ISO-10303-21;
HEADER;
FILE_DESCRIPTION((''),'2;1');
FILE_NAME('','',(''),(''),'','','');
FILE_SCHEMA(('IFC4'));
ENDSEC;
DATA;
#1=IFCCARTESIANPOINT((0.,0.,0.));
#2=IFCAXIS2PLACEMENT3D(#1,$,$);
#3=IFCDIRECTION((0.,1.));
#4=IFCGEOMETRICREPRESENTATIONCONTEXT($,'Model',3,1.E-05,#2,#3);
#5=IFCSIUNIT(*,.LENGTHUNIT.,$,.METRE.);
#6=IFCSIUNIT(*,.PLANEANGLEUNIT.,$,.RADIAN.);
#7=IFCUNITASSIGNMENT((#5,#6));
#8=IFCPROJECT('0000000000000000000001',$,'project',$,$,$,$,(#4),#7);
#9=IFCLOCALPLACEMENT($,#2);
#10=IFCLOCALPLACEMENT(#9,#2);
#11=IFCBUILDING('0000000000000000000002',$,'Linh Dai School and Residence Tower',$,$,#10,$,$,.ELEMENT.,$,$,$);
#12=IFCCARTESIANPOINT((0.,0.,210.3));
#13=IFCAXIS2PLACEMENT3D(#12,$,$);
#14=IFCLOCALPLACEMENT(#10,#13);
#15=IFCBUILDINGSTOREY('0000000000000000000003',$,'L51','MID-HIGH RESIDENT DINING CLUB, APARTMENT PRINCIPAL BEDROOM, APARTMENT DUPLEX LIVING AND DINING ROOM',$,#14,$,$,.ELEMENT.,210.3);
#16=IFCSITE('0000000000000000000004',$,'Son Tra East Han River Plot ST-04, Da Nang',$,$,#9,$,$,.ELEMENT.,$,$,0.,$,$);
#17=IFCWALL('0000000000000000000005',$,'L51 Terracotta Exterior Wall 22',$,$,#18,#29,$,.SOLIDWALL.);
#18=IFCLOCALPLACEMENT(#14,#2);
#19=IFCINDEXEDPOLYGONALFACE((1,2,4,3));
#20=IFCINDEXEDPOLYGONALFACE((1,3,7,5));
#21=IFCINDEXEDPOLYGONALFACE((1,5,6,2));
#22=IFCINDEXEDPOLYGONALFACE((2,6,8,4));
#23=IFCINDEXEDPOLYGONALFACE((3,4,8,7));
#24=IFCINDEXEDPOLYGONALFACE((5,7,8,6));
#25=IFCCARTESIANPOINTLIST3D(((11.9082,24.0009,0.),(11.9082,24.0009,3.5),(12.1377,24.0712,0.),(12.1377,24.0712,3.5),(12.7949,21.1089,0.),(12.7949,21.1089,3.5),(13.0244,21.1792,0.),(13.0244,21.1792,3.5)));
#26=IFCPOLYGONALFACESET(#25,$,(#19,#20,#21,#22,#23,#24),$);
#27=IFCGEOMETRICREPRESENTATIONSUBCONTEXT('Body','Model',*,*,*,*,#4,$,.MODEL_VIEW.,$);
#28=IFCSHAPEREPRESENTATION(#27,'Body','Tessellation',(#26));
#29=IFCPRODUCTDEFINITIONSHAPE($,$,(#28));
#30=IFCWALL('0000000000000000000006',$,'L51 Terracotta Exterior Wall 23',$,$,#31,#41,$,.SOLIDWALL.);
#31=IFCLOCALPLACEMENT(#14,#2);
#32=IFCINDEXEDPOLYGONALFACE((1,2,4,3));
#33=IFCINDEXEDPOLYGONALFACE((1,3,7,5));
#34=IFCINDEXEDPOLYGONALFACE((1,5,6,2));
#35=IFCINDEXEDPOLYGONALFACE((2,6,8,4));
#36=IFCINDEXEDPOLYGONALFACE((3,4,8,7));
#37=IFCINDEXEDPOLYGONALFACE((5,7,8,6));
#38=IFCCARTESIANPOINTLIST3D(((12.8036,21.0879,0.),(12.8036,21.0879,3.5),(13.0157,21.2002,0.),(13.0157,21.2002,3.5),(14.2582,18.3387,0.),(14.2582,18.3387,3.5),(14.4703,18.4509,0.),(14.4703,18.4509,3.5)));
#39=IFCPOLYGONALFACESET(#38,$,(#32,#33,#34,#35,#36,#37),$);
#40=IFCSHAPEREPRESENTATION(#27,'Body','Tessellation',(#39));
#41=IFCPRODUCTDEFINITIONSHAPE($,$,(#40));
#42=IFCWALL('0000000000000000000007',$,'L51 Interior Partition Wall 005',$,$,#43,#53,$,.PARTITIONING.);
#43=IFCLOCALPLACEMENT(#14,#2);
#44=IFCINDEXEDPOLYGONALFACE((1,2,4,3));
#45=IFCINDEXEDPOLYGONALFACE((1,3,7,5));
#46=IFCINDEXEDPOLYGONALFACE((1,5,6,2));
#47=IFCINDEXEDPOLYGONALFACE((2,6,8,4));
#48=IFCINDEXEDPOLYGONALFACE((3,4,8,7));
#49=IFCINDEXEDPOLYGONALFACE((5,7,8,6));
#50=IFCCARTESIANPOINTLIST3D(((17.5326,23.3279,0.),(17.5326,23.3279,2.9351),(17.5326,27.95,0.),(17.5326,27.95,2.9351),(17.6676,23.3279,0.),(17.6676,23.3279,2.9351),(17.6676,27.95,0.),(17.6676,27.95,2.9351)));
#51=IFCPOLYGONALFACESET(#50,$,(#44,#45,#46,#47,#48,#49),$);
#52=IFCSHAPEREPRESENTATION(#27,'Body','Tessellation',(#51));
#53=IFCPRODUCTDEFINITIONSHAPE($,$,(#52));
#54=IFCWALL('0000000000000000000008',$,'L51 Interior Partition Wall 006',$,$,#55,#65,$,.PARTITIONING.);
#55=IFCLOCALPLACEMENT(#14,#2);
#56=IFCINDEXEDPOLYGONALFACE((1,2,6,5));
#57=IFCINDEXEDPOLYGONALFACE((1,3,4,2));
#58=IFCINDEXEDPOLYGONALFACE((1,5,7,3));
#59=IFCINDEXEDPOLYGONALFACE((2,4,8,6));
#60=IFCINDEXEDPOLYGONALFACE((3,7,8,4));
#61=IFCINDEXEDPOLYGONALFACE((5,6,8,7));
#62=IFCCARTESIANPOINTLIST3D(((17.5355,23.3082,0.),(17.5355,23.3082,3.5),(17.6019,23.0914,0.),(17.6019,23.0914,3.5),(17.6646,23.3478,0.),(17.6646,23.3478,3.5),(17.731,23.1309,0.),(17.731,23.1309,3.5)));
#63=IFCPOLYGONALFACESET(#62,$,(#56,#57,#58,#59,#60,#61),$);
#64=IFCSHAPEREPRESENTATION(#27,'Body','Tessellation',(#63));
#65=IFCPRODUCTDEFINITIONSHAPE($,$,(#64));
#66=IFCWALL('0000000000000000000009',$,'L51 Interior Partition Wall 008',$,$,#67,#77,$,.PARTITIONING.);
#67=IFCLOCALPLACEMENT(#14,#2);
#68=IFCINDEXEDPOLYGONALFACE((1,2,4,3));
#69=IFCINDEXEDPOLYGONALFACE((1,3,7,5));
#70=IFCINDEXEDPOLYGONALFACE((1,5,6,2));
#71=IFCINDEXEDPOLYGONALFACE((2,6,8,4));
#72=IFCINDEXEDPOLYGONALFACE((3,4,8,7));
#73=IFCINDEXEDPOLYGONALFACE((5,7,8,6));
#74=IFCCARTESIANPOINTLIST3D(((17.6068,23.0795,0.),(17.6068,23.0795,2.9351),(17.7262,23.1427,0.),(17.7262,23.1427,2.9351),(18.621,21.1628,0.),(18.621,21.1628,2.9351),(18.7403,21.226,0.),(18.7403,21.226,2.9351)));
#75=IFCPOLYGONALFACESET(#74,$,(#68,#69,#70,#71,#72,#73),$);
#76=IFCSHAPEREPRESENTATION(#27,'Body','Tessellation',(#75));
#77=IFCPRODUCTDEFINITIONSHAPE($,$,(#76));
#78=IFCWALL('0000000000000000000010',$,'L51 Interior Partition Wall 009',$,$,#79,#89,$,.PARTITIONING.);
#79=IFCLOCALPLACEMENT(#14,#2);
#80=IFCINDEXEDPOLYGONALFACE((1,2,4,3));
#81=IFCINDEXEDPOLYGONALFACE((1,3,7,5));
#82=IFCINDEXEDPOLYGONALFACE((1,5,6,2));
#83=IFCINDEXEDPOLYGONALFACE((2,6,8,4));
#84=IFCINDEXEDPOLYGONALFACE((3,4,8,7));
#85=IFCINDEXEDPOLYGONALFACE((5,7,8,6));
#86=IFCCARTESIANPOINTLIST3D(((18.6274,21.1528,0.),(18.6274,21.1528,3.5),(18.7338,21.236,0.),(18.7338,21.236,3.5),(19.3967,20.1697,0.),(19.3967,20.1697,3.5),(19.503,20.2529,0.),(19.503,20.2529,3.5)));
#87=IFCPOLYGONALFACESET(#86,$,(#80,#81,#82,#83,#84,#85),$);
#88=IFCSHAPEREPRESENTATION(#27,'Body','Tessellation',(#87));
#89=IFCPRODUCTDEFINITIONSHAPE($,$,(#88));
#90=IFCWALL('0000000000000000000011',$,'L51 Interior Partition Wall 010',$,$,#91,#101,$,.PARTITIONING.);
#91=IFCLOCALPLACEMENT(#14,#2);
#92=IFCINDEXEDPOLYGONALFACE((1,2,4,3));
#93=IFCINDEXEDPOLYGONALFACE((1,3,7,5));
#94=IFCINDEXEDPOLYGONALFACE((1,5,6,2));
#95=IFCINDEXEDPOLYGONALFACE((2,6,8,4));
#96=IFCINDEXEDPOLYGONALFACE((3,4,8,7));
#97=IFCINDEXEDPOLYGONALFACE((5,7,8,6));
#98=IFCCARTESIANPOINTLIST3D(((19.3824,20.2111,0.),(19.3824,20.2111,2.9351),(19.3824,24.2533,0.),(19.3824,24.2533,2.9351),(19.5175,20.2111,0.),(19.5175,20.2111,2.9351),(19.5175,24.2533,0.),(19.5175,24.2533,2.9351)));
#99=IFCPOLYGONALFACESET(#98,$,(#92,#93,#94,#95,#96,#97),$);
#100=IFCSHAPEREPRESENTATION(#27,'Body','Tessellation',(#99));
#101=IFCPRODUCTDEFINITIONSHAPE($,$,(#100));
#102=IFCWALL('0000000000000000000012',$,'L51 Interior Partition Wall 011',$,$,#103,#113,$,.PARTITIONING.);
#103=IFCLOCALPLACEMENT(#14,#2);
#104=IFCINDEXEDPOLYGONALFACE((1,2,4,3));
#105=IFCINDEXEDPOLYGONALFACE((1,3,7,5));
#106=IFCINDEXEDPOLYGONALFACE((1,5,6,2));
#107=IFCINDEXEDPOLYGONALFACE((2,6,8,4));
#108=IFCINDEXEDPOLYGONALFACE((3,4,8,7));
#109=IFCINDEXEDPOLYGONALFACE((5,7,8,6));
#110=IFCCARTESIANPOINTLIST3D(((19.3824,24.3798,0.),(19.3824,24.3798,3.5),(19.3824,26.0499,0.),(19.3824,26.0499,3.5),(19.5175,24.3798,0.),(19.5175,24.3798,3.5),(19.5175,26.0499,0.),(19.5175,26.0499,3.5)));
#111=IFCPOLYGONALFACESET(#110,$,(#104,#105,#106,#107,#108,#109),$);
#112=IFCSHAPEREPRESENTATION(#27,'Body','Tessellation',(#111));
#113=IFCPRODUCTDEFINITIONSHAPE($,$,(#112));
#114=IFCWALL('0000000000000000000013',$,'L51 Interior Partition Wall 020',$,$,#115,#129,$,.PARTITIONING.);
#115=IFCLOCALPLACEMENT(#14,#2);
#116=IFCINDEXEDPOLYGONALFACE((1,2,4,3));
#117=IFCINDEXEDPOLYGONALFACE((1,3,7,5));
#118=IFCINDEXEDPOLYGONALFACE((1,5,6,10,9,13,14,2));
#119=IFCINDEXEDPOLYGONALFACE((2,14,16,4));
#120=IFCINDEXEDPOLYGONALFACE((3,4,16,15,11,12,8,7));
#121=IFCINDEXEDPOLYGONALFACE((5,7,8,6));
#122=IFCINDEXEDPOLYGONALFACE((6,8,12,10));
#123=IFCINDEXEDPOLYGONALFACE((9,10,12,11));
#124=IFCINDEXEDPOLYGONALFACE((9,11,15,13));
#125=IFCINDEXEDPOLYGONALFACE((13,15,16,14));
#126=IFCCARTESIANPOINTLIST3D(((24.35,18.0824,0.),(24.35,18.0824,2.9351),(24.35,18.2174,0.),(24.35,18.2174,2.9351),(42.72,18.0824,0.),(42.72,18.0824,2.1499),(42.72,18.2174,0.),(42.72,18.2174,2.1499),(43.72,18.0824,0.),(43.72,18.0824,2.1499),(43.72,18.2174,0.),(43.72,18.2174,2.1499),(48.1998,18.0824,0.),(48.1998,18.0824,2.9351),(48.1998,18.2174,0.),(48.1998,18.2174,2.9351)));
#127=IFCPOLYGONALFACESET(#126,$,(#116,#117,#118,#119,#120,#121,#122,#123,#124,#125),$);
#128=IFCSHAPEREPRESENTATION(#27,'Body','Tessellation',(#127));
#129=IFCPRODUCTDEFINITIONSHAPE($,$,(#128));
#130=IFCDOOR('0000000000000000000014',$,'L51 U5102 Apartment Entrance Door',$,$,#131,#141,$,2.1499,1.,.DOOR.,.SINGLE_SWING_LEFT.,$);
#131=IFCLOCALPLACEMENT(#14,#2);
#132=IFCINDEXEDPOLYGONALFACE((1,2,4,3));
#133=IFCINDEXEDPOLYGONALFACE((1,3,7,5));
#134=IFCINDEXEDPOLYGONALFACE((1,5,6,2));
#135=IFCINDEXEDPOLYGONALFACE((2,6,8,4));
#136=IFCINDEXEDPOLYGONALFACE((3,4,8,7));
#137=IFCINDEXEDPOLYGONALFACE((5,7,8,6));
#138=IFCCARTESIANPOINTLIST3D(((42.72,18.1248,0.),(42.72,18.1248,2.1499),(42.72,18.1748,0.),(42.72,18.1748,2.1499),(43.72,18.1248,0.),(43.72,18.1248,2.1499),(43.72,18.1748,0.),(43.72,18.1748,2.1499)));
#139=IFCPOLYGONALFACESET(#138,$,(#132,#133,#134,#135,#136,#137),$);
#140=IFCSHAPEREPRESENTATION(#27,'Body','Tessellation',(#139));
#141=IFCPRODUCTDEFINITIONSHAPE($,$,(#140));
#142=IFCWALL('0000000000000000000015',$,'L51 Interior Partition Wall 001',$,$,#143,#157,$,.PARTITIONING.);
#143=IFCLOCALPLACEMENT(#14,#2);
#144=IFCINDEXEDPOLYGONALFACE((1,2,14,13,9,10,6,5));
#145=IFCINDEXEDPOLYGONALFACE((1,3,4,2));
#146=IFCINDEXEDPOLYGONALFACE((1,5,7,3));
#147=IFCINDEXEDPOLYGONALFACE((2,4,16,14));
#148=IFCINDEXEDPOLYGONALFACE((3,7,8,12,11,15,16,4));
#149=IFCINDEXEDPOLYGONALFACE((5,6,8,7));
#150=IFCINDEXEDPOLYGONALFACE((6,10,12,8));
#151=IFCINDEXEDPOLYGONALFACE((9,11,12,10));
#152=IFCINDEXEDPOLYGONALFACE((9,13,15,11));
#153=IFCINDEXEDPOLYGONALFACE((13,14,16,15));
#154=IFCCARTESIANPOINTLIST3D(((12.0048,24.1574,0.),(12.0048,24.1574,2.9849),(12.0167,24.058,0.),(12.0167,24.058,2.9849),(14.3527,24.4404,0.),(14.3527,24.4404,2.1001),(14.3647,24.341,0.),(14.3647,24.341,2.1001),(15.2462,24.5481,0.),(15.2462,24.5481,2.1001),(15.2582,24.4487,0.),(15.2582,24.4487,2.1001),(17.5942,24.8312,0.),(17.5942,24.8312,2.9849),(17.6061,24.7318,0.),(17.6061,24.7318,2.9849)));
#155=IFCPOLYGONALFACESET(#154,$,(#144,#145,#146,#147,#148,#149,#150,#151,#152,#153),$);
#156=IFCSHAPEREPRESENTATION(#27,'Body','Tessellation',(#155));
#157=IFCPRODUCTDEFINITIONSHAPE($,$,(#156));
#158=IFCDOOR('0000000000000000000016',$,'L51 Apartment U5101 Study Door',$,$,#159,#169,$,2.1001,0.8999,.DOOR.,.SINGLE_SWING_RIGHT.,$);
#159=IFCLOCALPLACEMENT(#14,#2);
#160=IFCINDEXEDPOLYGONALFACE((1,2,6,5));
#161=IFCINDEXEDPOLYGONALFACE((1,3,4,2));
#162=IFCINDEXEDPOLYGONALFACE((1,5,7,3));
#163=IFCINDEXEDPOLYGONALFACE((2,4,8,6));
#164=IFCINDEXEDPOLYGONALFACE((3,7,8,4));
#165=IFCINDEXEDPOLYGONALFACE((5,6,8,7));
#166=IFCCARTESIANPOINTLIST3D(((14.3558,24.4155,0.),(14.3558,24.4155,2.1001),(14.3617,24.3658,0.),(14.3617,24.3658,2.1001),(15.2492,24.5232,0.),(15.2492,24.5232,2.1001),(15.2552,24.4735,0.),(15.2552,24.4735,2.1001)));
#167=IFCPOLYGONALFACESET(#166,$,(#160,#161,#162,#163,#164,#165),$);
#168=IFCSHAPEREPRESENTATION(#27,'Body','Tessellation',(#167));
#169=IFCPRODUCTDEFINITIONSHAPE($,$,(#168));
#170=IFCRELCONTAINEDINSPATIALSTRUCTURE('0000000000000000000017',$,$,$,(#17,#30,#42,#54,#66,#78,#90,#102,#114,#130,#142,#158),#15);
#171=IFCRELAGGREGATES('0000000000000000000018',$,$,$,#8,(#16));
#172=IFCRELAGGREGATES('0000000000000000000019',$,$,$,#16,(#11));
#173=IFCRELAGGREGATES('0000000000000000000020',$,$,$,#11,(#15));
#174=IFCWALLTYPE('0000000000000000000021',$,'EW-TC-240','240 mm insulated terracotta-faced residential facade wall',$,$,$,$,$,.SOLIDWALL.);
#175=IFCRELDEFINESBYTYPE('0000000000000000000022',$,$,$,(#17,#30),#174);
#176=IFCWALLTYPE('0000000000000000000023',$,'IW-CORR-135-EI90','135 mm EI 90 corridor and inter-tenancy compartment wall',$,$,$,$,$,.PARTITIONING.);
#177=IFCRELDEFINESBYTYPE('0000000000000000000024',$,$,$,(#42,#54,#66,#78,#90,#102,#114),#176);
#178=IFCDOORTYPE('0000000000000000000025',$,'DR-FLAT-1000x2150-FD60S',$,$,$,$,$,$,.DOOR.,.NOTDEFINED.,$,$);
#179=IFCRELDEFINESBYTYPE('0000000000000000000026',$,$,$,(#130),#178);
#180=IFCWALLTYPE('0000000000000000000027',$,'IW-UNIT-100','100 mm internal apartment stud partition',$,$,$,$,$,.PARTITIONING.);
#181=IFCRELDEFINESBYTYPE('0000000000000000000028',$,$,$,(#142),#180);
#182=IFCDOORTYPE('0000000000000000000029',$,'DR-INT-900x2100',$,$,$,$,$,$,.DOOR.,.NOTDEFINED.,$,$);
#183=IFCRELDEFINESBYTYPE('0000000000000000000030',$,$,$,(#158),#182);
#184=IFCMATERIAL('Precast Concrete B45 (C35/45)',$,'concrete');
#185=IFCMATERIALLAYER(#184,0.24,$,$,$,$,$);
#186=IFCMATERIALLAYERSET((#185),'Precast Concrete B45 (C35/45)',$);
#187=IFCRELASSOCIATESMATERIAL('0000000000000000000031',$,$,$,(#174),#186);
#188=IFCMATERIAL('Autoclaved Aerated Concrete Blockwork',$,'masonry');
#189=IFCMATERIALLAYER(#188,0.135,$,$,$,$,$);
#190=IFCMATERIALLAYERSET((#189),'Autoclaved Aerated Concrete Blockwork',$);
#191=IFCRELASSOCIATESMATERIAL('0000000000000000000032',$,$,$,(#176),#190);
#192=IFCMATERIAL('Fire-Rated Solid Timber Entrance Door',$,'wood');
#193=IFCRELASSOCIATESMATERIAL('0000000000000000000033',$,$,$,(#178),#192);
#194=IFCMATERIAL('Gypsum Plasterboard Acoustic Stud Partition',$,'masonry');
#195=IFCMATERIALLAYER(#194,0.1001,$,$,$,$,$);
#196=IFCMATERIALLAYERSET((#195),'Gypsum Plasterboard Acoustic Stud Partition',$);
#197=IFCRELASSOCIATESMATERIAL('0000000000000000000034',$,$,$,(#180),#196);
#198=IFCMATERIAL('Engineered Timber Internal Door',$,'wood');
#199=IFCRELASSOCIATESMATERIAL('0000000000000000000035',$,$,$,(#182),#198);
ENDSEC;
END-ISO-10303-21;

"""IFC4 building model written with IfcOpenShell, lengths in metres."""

from ifc_helpers import new_model, si_unit, direction, frame, frame_2d, origin, origin_2d, place, context, subcontext, project, spatial, rectangle, extrude, source, transform, mapped, material, layer, layer_set, type_object, element, fill, save


model = new_model("IFC4")

# Units and contexts
model_context = context("Model", 3, precision=1e-05, world=origin(), true_north=direction((0.0, 1.0)))
body_context = subcontext(model_context, "Body", "Model", "MODEL_VIEW")
ifc_project = project(units=[si_unit("LENGTHUNIT", "METRE"), si_unit("PLANEANGLEUNIT", "RADIAN")], contexts=[model_context])

# Site, building, storey
site_placement = place(None, origin())
site = spatial("IfcSite", under=ifc_project, at=site_placement, Name="Son Tra East Han River Plot ST-04, Da Nang", CompositionType="ELEMENT", RefElevation=0.0)
building_placement = place(site_placement, origin())
building = spatial("IfcBuilding", under=site, at=building_placement, Name="Linh Dai School and Residence Tower", CompositionType="ELEMENT")
storey_placement = place(building_placement, frame((0.0, 0.0, 210.3)))
storey = spatial("IfcBuildingStorey", under=building, at=storey_placement, Name="L51", Description="MID-HIGH RESIDENT DINING CLUB, APARTMENT PRINCIPAL BEDROOM, APARTMENT DUPLEX LIVING AND DINING ROOM", CompositionType="ELEMENT", Elevation=210.3)

# Shared definitions
ifc_material_1 = material(Name="Precast Concrete B45 (C35/45)", Category="concrete")

# Walls
ifc_layer_1 = layer(ifc_material_1, 0.24)
ifc_layer_set_1 = layer_set([ifc_layer_1], Name="Precast Concrete B45 (C35/45)")
wall_type_1 = type_object("IfcWallType", Name="EW-TC-240", Description="240 mm insulated terracotta-faced residential facade wall", PredefinedType="SOLIDWALL", material=ifc_layer_set_1)
wall_1_placement = place(storey_placement, frame((12.9097, 21.144, 0.0), z_axis=(0.0, 0.0, 1.0), x_axis=(-0.293133, 0.956072, 0.0)))
element("IfcWall", 1, at=wall_1_placement, inside=storey, type_object=wall_type_1, Name="L51 Terracotta Exterior Wall 22", PredefinedType="SOLIDWALL", context=body_context, shape_type="SweptSolid", body=[
    extrude(rectangle(XDim=3.0249, YDim=0.24, at=frame_2d((1.5125, 0.0))), origin(), (0.0, 0.0, 1.0), 3.5),
])
wall_2_placement = place(storey_placement, frame((14.3643, 18.3948, 0.0), z_axis=(0.0, 0.0, 1.0), x_axis=(-0.46766, 0.883908, 0.0)))
element("IfcWall", 2, at=wall_2_placement, inside=storey, type_object=wall_type_1, Name="L51 Terracotta Exterior Wall 23", PredefinedType="SOLIDWALL", context=body_context, shape_type="SweptSolid", body=[
    extrude(rectangle(XDim=3.1104, YDim=0.24, at=frame_2d((1.5552, 0.0))), origin(), (0.0, 0.0, 1.0), 3.5),
])
ifc_material_2 = material(Name="Autoclaved Aerated Concrete Blockwork", Category="masonry")
ifc_layer_2 = layer(ifc_material_2, 0.135)
ifc_layer_set_2 = layer_set([ifc_layer_2], Name="Autoclaved Aerated Concrete Blockwork")
wall_type_2 = type_object("IfcWallType", Name="IW-CORR-135-EI90", Description="135 mm EI 90 corridor and inter-tenancy compartment wall", PredefinedType="PARTITIONING", material=ifc_layer_set_2)
wall_3_placement = place(storey_placement, frame((17.6001, 23.3279, 0.0), z_axis=(0.0, 0.0, 1.0), x_axis=(0.0, 1.0, 0.0)))
element("IfcWall", 3, at=wall_3_placement, inside=storey, type_object=wall_type_2, Name="L51 Interior Partition Wall 005", PredefinedType="PARTITIONING", context=body_context, shape_type="SweptSolid", body=[
    extrude(rectangle(XDim=4.6221, YDim=0.135, at=frame_2d((2.311, 0.0))), origin(), (0.0, 0.0, 1.0), 2.9351),
])
wall_4_placement = place(storey_placement, frame((17.6001, 23.3279, 0.0), z_axis=(0.0, 0.0, 1.0), x_axis=(0.292875, -0.956151, 0.0)))
element("IfcWall", 4, at=wall_4_placement, inside=storey, type_object=wall_type_2, Name="L51 Interior Partition Wall 006", PredefinedType="PARTITIONING", context=body_context, shape_type="SweptSolid", body=[
    extrude(rectangle(XDim=0.2268, YDim=0.135, at=frame_2d((0.1133, 0.0))), origin(), (0.0, 0.0, 1.0), 3.5),
])
wall_5_placement = place(storey_placement, frame((17.6665, 23.1111, 0.0), z_axis=(0.0, 0.0, 1.0), x_axis=(0.467676, -0.8839, 0.0)))
element("IfcWall", 5, at=wall_5_placement, inside=storey, type_object=wall_type_2, Name="L51 Interior Partition Wall 008", PredefinedType="PARTITIONING", context=body_context, shape_type="SweptSolid", body=[
    extrude(rectangle(XDim=2.1685, YDim=0.135, at=frame_2d((1.0842, 0.0))), origin(), (0.0, 0.0, 1.0), 2.9351),
])
wall_6_placement = place(storey_placement, frame((18.6807, 21.1943, 0.0), z_axis=(0.0, 0.0, 1.0), x_axis=(0.61624, -0.787559, 0.0)))
element("IfcWall", 6, at=wall_6_placement, inside=storey, type_object=wall_type_2, Name="L51 Interior Partition Wall 009", PredefinedType="PARTITIONING", context=body_context, shape_type="SweptSolid", body=[
    extrude(rectangle(XDim=1.2483, YDim=0.135, at=frame_2d((0.624, 0.0))), origin(), (0.0, 0.0, 1.0), 3.5),
])
wall_7_placement = place(storey_placement, frame((19.45, 20.2112, 0.0), z_axis=(0.0, 0.0, 1.0), x_axis=(0.0, 1.0, 0.0)))
element("IfcWall", 7, at=wall_7_placement, inside=storey, type_object=wall_type_2, Name="L51 Interior Partition Wall 010", PredefinedType="PARTITIONING", context=body_context, shape_type="SweptSolid", body=[
    extrude(rectangle(XDim=4.0422, YDim=0.135, at=frame_2d((2.021, 0.0))), origin(), (0.0, 0.0, 1.0), 2.9351),
])
wall_8_placement = place(storey_placement, frame((19.45, 24.3799, 0.0), z_axis=(0.0, 0.0, 1.0), x_axis=(0.0, 1.0, 0.0)))
element("IfcWall", 8, at=wall_8_placement, inside=storey, type_object=wall_type_2, Name="L51 Interior Partition Wall 011", PredefinedType="PARTITIONING", context=body_context, shape_type="SweptSolid", body=[
    extrude(rectangle(XDim=1.6702, YDim=0.135, at=frame_2d((0.835, 0.0))), origin(), (0.0, 0.0, 1.0), 3.5),
])

# Walls, openings, doors
wall_9_placement = place(storey_placement, frame((24.3501, 18.1499, 0.0), z_axis=(0.0, 0.0, 1.0), x_axis=(1.0, 0.0, 0.0)))
wall_9 = element("IfcWall", 9, at=wall_9_placement, inside=storey, type_object=wall_type_2, Name="L51 Interior Partition Wall 020", PredefinedType="PARTITIONING", context=body_context, shape_type="SweptSolid", body=[
    extrude(rectangle(XDim=23.8499, YDim=0.135, at=frame_2d((11.9248, 0.0))), origin(), (0.0, 0.0, 1.0), 2.9351),
])
opening_1_placement = place(wall_9_placement, frame((18.3699, 0.0, 0.0)))
opening_1 = element("IfcOpeningElement", 10, at=opening_1_placement, cuts=wall_9, PredefinedType="OPENING", context=body_context, shape_type="SweptSolid", body=[
    extrude(rectangle(XDim=1.0, YDim=2.1499, at=origin_2d()), frame((0.5, 0.0776, 1.075), z_axis=(0.0, -1.0, 0.0), x_axis=(1.0, 0.0, 0.0)), (0.0, 0.0, 1.0), 0.155),
])
ifc_material_3 = material(Name="Fire-Rated Solid Timber Entrance Door", Category="wood")
door_type_1 = type_object("IfcDoorType", Name="DR-FLAT-1000x2150-FD60S", OperationType="NOTDEFINED", PredefinedType="DOOR", material=ifc_material_3)
shared_shape_1 = source(origin(), body_context, "Body", "SweptSolid", [
    extrude(rectangle(XDim=1.0, YDim=2.1499, at=origin_2d()), frame((0.5, 0.0249, 1.075), z_axis=(0.0, -1.0, 0.0), x_axis=(1.0, 0.0, 0.0)), (0.0, 0.0, 1.0), 0.05),
])
door_1_placement = place(opening_1_placement, origin())
door_1 = element("IfcDoor", 11, at=door_1_placement, inside=storey, type_object=door_type_1, Name="L51 U5102 Apartment Entrance Door", OperationType="SINGLE_SWING_LEFT", OverallHeight=2.1499, OverallWidth=1.0, PredefinedType="DOOR", context=body_context, shape_type="MappedRepresentation", body=[
    mapped(shared_shape_1, transform((0.0, 0.0, 0.0), x_axis=(1.0, 0.0, 0.0), y_axis=(0.0, 1.0, 0.0), z_axis=(0.0, 0.0, 1.0), scale=1.0)),
])
fill(opening_1, door_1)
ifc_material_4 = material(Name="Gypsum Plasterboard Acoustic Stud Partition", Category="masonry")
ifc_layer_3 = layer(ifc_material_4, 0.1001)
ifc_layer_set_3 = layer_set([ifc_layer_3], Name="Gypsum Plasterboard Acoustic Stud Partition")
wall_type_3 = type_object("IfcWallType", Name="IW-UNIT-100", Description="100 mm internal apartment stud partition", PredefinedType="PARTITIONING", material=ifc_layer_set_3)
wall_10_placement = place(storey_placement, frame((12.0107, 24.1077, 0.0), z_axis=(0.0, 0.0, 1.0), x_axis=(0.992811, 0.119689, 0.0)))
wall_10 = element("IfcWall", 12, at=wall_10_placement, inside=storey, type_object=wall_type_3, Name="L51 Interior Partition Wall 001", PredefinedType="PARTITIONING", context=body_context, shape_type="SweptSolid", body=[
    extrude(rectangle(XDim=5.6299, YDim=0.1001, at=frame_2d((2.8149, 0.0))), origin(), (0.0, 0.0, 1.0), 2.9849),
])
opening_2_placement = place(wall_10_placement, frame((2.365, 0.0, 0.0)))
opening_2 = element("IfcOpeningElement", 13, at=opening_2_placement, cuts=wall_10, PredefinedType="OPENING", context=body_context, shape_type="SweptSolid", body=[
    extrude(rectangle(XDim=0.8999, YDim=2.1001, at=origin_2d()), frame((0.45, 0.0601, 1.05), z_axis=(0.0, -1.0, 0.0), x_axis=(1.0, 0.0, 0.0)), (0.0, 0.0, 1.0), 0.1201),
])
ifc_material_5 = material(Name="Engineered Timber Internal Door", Category="wood")
door_type_2 = type_object("IfcDoorType", Name="DR-INT-900x2100", OperationType="NOTDEFINED", PredefinedType="DOOR", material=ifc_material_5)
shared_shape_2 = source(origin(), body_context, "Body", "SweptSolid", [
    extrude(rectangle(XDim=0.8999, YDim=2.1001, at=origin_2d()), frame((0.45, 0.0249, 1.05), z_axis=(0.0, -1.0, 0.0), x_axis=(1.0, 0.0, 0.0)), (0.0, 0.0, 1.0), 0.05),
])
door_2_placement = place(opening_2_placement, origin())
door_2 = element("IfcDoor", 14, at=door_2_placement, inside=storey, type_object=door_type_2, Name="L51 Apartment U5101 Study Door", OperationType="SINGLE_SWING_RIGHT", OverallHeight=2.1001, OverallWidth=0.8999, PredefinedType="DOOR", context=body_context, shape_type="MappedRepresentation", body=[
    mapped(shared_shape_2, transform((0.0, 0.0, 0.0), x_axis=(1.0, 0.0, 0.0), y_axis=(0.0, 1.0, 0.0), z_axis=(0.0, 0.0, 1.0), scale=1.0)),
])
fill(opening_2, door_2)

save(model, "model.ifc")
